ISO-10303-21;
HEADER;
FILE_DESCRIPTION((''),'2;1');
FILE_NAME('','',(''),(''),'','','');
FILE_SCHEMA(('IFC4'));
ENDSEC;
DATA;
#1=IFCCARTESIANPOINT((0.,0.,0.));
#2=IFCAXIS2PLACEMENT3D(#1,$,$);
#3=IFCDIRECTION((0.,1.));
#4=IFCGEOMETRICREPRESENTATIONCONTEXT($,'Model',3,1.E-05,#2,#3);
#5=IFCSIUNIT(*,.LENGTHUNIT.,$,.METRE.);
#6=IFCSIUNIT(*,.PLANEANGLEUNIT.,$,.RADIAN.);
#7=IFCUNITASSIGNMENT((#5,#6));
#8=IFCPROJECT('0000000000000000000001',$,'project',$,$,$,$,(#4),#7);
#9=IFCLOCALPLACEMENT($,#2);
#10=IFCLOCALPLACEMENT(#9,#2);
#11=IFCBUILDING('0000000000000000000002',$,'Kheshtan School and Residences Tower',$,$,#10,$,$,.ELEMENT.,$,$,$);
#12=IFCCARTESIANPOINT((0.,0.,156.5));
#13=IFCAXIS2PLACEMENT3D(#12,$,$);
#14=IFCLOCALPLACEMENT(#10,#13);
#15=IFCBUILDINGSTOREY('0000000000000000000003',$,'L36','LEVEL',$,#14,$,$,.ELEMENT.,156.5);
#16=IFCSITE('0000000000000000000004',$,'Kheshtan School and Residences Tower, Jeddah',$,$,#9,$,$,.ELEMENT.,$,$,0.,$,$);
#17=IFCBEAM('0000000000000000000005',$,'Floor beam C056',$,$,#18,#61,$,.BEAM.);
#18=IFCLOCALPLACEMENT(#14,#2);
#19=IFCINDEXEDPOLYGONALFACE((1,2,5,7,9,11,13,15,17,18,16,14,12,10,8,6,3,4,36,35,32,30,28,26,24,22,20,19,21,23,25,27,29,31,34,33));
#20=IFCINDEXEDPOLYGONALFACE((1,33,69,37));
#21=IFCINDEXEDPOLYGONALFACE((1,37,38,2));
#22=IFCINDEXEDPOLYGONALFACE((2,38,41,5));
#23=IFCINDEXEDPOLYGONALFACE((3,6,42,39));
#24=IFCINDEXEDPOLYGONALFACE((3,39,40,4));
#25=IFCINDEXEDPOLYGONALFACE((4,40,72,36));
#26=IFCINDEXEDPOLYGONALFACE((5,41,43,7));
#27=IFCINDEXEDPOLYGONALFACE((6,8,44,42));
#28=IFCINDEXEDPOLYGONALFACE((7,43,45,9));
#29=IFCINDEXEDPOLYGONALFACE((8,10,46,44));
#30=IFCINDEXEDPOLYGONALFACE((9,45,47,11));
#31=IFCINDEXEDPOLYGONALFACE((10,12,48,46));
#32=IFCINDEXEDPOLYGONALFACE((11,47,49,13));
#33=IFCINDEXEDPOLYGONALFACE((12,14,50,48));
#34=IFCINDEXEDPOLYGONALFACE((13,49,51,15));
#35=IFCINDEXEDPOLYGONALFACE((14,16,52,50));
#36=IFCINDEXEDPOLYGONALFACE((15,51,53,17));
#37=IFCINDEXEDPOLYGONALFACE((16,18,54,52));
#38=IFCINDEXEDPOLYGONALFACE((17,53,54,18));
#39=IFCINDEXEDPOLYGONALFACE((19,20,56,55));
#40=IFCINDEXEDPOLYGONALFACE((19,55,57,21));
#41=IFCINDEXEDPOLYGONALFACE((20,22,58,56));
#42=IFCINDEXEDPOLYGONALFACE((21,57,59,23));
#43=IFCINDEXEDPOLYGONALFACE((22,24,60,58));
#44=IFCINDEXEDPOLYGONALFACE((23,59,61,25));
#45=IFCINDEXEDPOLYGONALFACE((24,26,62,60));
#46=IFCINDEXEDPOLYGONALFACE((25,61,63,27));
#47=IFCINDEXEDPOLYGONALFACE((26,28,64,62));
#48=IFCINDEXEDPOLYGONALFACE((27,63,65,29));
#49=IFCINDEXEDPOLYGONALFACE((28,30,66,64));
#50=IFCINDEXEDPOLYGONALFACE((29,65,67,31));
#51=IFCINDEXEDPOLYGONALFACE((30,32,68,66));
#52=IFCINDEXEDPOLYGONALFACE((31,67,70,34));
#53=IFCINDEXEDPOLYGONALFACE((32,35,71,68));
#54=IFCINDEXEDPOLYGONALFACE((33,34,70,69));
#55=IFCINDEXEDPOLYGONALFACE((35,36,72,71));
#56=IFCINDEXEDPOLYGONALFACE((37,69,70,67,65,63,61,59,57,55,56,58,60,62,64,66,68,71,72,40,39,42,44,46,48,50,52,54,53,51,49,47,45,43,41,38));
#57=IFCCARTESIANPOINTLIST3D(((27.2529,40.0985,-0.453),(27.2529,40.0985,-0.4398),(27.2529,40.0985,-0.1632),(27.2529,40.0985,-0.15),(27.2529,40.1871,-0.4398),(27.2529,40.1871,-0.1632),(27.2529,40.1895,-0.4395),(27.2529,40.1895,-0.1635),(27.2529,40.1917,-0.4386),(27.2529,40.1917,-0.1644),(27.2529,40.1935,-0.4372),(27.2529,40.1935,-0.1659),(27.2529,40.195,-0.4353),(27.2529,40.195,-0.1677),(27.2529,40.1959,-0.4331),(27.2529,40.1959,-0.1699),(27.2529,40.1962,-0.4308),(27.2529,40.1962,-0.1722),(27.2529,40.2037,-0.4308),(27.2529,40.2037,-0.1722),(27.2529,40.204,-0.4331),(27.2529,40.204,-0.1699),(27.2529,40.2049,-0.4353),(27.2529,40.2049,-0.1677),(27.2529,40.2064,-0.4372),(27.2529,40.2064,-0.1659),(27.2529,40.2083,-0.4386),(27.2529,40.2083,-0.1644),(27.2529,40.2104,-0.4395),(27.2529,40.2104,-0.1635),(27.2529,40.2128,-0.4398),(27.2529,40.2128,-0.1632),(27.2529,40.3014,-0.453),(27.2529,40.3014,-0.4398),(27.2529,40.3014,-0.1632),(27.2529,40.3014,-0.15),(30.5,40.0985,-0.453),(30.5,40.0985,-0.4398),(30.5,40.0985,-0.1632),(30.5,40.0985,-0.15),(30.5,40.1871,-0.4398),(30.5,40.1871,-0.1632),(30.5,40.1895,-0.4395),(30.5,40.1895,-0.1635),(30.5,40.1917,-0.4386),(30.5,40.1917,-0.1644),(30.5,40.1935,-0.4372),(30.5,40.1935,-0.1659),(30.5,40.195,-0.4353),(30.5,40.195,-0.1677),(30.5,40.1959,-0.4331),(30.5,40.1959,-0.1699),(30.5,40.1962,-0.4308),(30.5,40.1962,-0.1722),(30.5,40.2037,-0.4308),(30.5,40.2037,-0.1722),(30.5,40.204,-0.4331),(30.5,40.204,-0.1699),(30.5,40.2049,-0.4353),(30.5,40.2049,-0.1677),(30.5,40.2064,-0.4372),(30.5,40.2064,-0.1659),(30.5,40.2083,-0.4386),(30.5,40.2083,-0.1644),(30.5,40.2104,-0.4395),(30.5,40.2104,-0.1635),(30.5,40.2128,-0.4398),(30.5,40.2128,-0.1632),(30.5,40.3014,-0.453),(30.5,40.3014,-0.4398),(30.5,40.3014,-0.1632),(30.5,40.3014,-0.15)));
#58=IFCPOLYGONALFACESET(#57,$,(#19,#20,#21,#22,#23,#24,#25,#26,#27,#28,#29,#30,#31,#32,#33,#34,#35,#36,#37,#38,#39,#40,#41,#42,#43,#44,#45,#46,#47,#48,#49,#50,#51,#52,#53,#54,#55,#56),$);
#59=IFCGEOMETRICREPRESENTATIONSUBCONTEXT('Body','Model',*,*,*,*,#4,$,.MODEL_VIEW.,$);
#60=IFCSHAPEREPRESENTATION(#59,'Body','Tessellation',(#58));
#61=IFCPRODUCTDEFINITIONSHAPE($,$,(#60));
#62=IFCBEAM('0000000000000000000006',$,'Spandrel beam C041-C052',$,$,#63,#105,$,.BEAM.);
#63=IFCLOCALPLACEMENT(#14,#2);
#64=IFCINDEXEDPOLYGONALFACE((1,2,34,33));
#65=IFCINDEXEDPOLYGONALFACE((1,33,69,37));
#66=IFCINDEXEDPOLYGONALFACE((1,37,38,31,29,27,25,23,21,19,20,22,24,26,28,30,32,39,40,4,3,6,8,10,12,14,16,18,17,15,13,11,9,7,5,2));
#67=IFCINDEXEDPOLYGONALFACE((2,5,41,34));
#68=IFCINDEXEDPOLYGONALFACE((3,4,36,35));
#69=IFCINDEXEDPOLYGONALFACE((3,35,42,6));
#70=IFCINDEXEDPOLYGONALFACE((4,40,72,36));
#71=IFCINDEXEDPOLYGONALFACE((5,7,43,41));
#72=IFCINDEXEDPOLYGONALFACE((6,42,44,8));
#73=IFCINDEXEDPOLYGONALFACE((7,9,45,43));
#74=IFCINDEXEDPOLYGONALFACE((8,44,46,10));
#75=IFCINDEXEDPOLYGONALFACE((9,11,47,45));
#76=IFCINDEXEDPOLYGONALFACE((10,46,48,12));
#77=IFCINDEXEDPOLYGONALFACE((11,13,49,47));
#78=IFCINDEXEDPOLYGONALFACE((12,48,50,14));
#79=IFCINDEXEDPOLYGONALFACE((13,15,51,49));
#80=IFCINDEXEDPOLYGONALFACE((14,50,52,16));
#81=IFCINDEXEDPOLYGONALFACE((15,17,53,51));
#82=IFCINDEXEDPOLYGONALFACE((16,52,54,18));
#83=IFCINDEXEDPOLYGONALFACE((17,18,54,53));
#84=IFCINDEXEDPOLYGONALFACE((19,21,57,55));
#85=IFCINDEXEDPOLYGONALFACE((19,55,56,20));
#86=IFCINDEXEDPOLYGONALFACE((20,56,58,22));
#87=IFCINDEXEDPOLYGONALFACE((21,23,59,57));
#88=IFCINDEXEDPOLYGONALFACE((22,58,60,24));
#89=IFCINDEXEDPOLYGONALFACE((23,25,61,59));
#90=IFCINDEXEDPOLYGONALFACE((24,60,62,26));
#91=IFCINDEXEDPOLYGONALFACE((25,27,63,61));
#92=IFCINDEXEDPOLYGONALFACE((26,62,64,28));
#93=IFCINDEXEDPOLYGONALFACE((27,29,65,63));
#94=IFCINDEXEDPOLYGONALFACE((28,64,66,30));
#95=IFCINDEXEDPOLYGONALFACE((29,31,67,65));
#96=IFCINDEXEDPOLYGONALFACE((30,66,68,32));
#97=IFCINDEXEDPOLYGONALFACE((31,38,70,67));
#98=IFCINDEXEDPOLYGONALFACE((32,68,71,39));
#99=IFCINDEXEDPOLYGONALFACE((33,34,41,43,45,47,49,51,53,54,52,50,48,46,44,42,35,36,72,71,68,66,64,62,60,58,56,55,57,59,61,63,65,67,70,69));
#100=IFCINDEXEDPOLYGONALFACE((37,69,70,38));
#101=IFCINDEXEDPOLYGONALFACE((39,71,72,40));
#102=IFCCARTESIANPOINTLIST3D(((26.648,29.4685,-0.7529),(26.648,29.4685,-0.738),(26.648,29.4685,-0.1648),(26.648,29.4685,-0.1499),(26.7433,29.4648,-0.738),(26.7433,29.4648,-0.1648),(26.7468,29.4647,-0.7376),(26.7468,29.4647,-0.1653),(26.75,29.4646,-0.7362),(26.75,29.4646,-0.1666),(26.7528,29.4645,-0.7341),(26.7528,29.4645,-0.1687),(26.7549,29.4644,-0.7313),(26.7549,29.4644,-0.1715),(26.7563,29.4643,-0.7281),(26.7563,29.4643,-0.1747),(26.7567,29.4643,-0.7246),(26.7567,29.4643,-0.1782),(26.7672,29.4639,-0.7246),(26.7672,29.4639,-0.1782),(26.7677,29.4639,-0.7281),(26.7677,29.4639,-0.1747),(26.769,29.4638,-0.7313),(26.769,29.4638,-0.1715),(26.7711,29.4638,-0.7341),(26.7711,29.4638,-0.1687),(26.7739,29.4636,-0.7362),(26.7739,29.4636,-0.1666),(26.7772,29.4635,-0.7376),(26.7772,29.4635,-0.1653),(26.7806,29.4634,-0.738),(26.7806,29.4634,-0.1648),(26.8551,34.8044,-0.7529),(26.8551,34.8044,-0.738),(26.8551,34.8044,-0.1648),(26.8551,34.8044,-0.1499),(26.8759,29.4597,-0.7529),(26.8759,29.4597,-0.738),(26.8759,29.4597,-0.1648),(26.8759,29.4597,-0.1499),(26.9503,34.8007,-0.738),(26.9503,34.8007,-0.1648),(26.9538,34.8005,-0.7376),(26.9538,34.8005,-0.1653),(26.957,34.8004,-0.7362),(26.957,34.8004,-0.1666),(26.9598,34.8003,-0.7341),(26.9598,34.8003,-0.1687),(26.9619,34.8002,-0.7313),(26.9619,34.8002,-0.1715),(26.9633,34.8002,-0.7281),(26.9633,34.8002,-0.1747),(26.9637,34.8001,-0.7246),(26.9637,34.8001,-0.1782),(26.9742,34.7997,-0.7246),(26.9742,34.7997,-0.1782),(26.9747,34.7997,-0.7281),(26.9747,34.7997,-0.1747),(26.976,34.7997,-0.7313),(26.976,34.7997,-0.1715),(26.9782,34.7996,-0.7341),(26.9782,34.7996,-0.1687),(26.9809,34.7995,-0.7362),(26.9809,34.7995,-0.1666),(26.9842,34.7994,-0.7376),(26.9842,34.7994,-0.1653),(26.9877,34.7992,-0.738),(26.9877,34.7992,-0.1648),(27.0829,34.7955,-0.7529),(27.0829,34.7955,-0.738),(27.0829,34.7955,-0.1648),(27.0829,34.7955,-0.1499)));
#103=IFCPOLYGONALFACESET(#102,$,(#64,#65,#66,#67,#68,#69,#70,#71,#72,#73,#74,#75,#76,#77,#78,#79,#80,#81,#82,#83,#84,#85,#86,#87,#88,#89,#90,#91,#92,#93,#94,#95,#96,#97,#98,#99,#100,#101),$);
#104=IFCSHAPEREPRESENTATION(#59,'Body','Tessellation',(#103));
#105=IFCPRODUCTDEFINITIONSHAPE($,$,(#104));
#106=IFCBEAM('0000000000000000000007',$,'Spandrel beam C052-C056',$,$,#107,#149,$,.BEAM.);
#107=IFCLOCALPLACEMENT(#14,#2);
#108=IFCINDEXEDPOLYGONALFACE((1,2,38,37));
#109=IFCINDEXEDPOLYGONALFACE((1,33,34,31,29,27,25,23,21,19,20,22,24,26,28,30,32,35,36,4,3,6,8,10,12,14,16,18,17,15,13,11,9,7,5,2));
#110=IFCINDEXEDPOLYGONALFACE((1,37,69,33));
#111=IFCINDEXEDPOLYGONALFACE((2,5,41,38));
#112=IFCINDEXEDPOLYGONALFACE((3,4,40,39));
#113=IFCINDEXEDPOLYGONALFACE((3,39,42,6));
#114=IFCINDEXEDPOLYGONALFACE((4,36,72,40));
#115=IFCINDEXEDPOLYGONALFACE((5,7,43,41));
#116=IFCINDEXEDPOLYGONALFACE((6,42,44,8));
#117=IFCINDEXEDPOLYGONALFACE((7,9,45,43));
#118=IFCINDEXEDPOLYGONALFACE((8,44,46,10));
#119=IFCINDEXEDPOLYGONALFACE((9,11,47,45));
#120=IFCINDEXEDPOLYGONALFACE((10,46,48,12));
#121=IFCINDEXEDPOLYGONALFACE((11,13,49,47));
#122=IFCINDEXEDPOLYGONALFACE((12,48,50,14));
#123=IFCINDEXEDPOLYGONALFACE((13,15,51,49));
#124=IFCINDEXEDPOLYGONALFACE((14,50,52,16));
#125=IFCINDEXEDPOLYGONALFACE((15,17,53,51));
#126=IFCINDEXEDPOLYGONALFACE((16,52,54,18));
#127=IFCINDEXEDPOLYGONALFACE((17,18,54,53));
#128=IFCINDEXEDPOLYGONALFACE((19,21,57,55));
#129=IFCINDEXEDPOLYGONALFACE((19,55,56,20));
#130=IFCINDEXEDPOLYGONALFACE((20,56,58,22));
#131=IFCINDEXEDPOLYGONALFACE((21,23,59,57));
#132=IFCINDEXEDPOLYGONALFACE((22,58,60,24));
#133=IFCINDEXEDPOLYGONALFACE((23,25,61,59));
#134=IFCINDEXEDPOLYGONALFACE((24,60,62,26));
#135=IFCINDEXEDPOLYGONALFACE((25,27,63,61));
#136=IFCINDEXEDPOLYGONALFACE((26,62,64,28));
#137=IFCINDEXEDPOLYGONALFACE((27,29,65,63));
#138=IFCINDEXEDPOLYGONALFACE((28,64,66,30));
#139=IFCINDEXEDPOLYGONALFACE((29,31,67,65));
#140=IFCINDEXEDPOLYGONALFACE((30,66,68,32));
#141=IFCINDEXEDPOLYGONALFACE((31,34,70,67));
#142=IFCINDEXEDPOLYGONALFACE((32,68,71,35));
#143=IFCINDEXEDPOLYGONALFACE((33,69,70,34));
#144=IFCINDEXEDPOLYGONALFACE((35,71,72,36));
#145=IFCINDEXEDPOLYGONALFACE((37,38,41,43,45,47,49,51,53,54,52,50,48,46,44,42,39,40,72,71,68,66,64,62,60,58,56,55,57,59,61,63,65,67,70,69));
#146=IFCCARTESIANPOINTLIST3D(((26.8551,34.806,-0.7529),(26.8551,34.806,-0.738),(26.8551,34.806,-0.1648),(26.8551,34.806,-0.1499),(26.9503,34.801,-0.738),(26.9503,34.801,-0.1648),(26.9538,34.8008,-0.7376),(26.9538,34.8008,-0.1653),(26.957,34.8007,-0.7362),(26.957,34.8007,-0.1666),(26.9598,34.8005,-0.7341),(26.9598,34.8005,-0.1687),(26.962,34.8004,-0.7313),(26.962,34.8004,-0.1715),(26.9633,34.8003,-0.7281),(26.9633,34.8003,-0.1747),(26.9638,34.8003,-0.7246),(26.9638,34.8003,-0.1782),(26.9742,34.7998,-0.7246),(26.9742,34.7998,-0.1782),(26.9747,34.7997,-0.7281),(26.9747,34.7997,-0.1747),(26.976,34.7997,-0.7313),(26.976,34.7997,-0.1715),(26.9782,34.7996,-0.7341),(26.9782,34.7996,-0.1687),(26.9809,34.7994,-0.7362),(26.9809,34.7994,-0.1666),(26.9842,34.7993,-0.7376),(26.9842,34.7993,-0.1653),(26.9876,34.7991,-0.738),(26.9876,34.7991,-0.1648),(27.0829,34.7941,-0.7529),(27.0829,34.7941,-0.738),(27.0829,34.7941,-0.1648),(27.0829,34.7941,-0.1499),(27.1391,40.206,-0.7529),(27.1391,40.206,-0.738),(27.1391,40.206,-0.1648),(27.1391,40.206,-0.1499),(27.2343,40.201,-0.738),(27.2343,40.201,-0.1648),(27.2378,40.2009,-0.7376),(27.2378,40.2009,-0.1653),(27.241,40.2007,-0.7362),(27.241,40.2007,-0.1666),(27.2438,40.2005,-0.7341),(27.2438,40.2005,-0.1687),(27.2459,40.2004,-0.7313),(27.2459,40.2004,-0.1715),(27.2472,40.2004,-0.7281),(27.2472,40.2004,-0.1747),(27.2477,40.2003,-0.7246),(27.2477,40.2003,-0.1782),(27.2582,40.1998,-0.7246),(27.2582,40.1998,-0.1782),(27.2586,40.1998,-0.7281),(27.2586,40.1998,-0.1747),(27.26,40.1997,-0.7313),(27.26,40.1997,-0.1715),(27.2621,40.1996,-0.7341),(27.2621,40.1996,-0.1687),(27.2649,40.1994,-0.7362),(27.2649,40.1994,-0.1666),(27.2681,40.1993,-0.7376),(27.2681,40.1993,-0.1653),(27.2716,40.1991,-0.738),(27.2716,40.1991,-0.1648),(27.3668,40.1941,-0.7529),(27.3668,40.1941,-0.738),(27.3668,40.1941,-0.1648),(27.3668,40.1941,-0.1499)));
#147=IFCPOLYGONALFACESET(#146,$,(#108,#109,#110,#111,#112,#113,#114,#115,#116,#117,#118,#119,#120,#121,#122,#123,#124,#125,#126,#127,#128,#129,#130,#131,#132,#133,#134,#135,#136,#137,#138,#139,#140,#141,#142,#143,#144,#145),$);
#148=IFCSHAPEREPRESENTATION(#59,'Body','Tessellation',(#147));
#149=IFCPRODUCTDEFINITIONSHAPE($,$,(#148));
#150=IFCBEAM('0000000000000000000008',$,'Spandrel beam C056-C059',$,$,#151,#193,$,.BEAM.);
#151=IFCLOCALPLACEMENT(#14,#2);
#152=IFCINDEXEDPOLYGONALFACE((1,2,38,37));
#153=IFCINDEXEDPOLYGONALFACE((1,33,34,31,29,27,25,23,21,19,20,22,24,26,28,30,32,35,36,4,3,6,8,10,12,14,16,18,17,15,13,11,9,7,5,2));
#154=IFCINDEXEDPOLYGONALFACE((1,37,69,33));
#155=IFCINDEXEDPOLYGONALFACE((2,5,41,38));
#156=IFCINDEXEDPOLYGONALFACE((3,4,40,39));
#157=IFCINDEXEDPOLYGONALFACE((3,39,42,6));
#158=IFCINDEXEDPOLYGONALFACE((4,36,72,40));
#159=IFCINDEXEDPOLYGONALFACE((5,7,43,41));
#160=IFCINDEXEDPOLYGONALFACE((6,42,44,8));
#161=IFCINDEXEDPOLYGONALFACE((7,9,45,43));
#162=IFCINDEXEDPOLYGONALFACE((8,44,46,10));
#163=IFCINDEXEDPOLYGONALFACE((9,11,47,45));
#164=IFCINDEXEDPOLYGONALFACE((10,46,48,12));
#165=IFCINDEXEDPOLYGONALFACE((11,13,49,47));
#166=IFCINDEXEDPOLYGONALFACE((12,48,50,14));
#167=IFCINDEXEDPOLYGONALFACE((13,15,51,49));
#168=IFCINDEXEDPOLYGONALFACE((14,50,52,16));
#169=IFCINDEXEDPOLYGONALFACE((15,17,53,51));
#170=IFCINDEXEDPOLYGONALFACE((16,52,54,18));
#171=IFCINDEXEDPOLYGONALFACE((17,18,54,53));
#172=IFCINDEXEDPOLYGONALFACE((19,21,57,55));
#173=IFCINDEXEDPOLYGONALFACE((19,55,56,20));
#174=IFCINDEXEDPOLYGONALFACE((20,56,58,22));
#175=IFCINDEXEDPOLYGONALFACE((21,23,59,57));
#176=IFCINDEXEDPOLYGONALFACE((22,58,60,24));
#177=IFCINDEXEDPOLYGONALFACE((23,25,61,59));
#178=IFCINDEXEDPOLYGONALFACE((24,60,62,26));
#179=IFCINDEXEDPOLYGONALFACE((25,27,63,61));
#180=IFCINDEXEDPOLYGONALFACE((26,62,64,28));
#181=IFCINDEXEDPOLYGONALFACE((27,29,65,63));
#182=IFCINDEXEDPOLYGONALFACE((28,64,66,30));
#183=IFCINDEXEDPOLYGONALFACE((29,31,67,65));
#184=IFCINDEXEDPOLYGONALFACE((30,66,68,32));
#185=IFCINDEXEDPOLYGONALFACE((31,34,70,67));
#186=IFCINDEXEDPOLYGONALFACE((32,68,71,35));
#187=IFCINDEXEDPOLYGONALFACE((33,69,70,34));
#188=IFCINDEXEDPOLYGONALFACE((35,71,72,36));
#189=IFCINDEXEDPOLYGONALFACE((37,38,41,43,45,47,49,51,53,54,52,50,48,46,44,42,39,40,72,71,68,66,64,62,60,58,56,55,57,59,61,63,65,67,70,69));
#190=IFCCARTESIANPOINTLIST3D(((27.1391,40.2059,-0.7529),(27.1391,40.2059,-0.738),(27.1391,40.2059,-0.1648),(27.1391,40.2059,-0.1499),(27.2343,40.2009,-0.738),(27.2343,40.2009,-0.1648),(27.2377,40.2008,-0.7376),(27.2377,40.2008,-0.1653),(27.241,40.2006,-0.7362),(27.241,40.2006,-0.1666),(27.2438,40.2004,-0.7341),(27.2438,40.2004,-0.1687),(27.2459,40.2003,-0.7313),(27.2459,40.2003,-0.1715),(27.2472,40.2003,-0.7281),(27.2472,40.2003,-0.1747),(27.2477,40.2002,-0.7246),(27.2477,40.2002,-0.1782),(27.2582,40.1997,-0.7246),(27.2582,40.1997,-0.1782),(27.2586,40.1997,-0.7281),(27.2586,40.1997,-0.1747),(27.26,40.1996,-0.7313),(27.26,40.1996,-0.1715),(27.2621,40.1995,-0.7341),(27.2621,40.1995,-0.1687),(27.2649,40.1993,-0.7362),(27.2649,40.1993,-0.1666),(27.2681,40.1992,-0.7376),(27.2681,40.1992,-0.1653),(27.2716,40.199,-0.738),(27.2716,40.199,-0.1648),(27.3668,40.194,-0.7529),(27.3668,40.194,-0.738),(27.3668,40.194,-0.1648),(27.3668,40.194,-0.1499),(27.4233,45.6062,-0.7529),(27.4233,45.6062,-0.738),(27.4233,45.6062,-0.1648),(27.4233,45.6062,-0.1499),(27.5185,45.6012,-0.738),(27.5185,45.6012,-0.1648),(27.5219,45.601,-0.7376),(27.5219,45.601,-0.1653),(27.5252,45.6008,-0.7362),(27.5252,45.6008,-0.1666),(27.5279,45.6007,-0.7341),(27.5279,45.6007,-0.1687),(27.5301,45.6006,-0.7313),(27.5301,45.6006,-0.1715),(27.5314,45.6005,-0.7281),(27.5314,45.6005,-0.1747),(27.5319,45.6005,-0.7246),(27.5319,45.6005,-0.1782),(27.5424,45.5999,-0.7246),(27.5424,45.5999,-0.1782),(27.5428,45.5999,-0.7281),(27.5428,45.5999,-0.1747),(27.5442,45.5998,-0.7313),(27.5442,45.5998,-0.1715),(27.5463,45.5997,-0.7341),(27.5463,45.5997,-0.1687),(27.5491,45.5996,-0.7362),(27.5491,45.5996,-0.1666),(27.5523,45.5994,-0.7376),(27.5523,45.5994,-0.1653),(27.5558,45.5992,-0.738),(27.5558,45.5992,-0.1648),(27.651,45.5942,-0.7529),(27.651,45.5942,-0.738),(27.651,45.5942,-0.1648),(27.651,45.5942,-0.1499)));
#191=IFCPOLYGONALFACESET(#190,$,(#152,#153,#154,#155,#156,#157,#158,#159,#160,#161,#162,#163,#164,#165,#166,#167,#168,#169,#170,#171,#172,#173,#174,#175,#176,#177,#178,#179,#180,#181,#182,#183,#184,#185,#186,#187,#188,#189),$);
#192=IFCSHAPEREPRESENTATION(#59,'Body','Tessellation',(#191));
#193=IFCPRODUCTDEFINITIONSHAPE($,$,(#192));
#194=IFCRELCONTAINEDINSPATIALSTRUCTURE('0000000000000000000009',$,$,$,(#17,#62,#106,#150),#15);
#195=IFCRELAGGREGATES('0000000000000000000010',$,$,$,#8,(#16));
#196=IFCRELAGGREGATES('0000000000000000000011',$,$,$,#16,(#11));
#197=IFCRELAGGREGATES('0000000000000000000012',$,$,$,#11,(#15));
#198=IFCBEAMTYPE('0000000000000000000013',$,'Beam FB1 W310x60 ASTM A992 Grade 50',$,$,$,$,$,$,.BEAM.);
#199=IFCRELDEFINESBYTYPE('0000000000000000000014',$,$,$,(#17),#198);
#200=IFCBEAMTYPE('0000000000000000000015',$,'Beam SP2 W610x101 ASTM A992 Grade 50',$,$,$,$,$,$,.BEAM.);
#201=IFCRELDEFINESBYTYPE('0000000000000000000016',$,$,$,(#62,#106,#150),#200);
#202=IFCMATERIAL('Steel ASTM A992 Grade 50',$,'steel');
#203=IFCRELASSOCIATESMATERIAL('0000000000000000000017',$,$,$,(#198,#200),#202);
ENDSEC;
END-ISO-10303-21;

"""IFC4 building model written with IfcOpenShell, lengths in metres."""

from ifc_helpers import new_model, si_unit, direction, frame, origin, origin_2d, place, context, subcontext, project, spatial, i_section, extrude, material, material_profile, profile_set, type_object, element, save


model = new_model("IFC4")

# Units and contexts
model_context = context("Model", 3, precision=1e-05, world=origin(), true_north=direction((0.0, 1.0)))
body_context = subcontext(model_context, "Body", "Model", "MODEL_VIEW")
ifc_project = project(units=[si_unit("LENGTHUNIT", "METRE"), si_unit("PLANEANGLEUNIT", "RADIAN")], contexts=[model_context])

# Site, building, storey
site_placement = place(None, origin())
site = spatial("IfcSite", under=ifc_project, at=site_placement, Name="Kheshtan School and Residences Tower, Jeddah", CompositionType="ELEMENT", RefElevation=0.0)
building_placement = place(site_placement, origin())
building = spatial("IfcBuilding", under=site, at=building_placement, Name="Kheshtan School and Residences Tower", CompositionType="ELEMENT")
storey_placement = place(building_placement, frame((0.0, 0.0, 156.5)))
storey = spatial("IfcBuildingStorey", under=building, at=storey_placement, Name="L36", Description="LEVEL", CompositionType="ELEMENT", Elevation=156.5)

# Shared definitions
ifc_material_1 = material(Name="Steel ASTM A992 Grade 50", Category="steel")

# Beams
ifc_material_profile_1 = material_profile(ifc_material_1, i_section(OverallWidth=0.2029, OverallDepth=0.303, WebThickness=0.0076, FlangeThickness=0.0132, FilletRadius=0.009, at=origin_2d()), Name="W310x60")
ifc_profile_set_1 = profile_set([ifc_material_profile_1], Name="Steel ASTM A992 Grade 50")
beam_type_1 = type_object("IfcBeamType", Name="Beam FB1 W310x60 ASTM A992 Grade 50", PredefinedType="BEAM", material=ifc_profile_set_1)
beam_1_placement = place(storey_placement, frame((27.2529, 40.2, -0.3015), z_axis=(1.0, 0.0, 0.0), x_axis=(0.0, 1.0, 0.0)))
element("IfcBeam", 1, at=beam_1_placement, inside=storey, type_object=beam_type_1, Name="Floor beam C056", PredefinedType="BEAM", context=body_context, shape_type="SweptSolid", body=[
    extrude(i_section(OverallWidth=0.2029, OverallDepth=0.303, WebThickness=0.0076, FlangeThickness=0.0132, FilletRadius=0.009, at=origin_2d()), origin(), (0.0, 0.0, 1.0), 3.2471),
])
ifc_material_profile_2 = material_profile(ifc_material_1, i_section(OverallWidth=0.228, OverallDepth=0.603, WebThickness=0.0105, FlangeThickness=0.0149, FilletRadius=0.0134, at=origin_2d()), Name="W610x101")
ifc_profile_set_2 = profile_set([ifc_material_profile_2], Name="Steel ASTM A992 Grade 50")
beam_type_2 = type_object("IfcBeamType", Name="Beam SP2 W610x101 ASTM A992 Grade 50", PredefinedType="BEAM", material=ifc_profile_set_2)
beam_2_placement = place(storey_placement, frame((26.762, 29.4641, -0.4514), z_axis=(0.03877, 0.999248, 0.0), x_axis=(-0.999248, 0.03877, 0.0)))
element("IfcBeam", 2, at=beam_2_placement, inside=storey, type_object=beam_type_2, Name="Spandrel beam C041-C052", PredefinedType="BEAM", context=body_context, shape_type="SweptSolid", body=[
    extrude(i_section(OverallWidth=0.228, OverallDepth=0.603, WebThickness=0.0105, FlangeThickness=0.0149, FilletRadius=0.0134, at=origin_2d()), origin(), (0.0, 0.0, 1.0), 5.3398),
])
beam_3_placement = place(storey_placement, frame((26.969, 34.8, -0.4514), z_axis=(0.052509, 0.99862, 0.0), x_axis=(-0.99862, 0.052509, 0.0)))
element("IfcBeam", 3, at=beam_3_placement, inside=storey, type_object=beam_type_2, Name="Spandrel beam C052-C056", PredefinedType="BEAM", context=body_context, shape_type="SweptSolid", body=[
    extrude(i_section(OverallWidth=0.228, OverallDepth=0.603, WebThickness=0.0105, FlangeThickness=0.0149, FilletRadius=0.0134, at=origin_2d()), origin(), (0.0, 0.0, 1.0), 5.4075),
])
beam_4_placement = place(storey_placement, frame((27.2529, 40.2, -0.4514), z_axis=(0.052552, 0.998618, 0.0), x_axis=(-0.998618, 0.052552, 0.0)))
element("IfcBeam", 4, at=beam_4_placement, inside=storey, type_object=beam_type_2, Name="Spandrel beam C056-C059", PredefinedType="BEAM", context=body_context, shape_type="SweptSolid", body=[
    extrude(i_section(OverallWidth=0.228, OverallDepth=0.603, WebThickness=0.0105, FlangeThickness=0.0149, FilletRadius=0.0134, at=origin_2d()), origin(), (0.0, 0.0, 1.0), 5.4077),
])

save(model, "model.ifc")
